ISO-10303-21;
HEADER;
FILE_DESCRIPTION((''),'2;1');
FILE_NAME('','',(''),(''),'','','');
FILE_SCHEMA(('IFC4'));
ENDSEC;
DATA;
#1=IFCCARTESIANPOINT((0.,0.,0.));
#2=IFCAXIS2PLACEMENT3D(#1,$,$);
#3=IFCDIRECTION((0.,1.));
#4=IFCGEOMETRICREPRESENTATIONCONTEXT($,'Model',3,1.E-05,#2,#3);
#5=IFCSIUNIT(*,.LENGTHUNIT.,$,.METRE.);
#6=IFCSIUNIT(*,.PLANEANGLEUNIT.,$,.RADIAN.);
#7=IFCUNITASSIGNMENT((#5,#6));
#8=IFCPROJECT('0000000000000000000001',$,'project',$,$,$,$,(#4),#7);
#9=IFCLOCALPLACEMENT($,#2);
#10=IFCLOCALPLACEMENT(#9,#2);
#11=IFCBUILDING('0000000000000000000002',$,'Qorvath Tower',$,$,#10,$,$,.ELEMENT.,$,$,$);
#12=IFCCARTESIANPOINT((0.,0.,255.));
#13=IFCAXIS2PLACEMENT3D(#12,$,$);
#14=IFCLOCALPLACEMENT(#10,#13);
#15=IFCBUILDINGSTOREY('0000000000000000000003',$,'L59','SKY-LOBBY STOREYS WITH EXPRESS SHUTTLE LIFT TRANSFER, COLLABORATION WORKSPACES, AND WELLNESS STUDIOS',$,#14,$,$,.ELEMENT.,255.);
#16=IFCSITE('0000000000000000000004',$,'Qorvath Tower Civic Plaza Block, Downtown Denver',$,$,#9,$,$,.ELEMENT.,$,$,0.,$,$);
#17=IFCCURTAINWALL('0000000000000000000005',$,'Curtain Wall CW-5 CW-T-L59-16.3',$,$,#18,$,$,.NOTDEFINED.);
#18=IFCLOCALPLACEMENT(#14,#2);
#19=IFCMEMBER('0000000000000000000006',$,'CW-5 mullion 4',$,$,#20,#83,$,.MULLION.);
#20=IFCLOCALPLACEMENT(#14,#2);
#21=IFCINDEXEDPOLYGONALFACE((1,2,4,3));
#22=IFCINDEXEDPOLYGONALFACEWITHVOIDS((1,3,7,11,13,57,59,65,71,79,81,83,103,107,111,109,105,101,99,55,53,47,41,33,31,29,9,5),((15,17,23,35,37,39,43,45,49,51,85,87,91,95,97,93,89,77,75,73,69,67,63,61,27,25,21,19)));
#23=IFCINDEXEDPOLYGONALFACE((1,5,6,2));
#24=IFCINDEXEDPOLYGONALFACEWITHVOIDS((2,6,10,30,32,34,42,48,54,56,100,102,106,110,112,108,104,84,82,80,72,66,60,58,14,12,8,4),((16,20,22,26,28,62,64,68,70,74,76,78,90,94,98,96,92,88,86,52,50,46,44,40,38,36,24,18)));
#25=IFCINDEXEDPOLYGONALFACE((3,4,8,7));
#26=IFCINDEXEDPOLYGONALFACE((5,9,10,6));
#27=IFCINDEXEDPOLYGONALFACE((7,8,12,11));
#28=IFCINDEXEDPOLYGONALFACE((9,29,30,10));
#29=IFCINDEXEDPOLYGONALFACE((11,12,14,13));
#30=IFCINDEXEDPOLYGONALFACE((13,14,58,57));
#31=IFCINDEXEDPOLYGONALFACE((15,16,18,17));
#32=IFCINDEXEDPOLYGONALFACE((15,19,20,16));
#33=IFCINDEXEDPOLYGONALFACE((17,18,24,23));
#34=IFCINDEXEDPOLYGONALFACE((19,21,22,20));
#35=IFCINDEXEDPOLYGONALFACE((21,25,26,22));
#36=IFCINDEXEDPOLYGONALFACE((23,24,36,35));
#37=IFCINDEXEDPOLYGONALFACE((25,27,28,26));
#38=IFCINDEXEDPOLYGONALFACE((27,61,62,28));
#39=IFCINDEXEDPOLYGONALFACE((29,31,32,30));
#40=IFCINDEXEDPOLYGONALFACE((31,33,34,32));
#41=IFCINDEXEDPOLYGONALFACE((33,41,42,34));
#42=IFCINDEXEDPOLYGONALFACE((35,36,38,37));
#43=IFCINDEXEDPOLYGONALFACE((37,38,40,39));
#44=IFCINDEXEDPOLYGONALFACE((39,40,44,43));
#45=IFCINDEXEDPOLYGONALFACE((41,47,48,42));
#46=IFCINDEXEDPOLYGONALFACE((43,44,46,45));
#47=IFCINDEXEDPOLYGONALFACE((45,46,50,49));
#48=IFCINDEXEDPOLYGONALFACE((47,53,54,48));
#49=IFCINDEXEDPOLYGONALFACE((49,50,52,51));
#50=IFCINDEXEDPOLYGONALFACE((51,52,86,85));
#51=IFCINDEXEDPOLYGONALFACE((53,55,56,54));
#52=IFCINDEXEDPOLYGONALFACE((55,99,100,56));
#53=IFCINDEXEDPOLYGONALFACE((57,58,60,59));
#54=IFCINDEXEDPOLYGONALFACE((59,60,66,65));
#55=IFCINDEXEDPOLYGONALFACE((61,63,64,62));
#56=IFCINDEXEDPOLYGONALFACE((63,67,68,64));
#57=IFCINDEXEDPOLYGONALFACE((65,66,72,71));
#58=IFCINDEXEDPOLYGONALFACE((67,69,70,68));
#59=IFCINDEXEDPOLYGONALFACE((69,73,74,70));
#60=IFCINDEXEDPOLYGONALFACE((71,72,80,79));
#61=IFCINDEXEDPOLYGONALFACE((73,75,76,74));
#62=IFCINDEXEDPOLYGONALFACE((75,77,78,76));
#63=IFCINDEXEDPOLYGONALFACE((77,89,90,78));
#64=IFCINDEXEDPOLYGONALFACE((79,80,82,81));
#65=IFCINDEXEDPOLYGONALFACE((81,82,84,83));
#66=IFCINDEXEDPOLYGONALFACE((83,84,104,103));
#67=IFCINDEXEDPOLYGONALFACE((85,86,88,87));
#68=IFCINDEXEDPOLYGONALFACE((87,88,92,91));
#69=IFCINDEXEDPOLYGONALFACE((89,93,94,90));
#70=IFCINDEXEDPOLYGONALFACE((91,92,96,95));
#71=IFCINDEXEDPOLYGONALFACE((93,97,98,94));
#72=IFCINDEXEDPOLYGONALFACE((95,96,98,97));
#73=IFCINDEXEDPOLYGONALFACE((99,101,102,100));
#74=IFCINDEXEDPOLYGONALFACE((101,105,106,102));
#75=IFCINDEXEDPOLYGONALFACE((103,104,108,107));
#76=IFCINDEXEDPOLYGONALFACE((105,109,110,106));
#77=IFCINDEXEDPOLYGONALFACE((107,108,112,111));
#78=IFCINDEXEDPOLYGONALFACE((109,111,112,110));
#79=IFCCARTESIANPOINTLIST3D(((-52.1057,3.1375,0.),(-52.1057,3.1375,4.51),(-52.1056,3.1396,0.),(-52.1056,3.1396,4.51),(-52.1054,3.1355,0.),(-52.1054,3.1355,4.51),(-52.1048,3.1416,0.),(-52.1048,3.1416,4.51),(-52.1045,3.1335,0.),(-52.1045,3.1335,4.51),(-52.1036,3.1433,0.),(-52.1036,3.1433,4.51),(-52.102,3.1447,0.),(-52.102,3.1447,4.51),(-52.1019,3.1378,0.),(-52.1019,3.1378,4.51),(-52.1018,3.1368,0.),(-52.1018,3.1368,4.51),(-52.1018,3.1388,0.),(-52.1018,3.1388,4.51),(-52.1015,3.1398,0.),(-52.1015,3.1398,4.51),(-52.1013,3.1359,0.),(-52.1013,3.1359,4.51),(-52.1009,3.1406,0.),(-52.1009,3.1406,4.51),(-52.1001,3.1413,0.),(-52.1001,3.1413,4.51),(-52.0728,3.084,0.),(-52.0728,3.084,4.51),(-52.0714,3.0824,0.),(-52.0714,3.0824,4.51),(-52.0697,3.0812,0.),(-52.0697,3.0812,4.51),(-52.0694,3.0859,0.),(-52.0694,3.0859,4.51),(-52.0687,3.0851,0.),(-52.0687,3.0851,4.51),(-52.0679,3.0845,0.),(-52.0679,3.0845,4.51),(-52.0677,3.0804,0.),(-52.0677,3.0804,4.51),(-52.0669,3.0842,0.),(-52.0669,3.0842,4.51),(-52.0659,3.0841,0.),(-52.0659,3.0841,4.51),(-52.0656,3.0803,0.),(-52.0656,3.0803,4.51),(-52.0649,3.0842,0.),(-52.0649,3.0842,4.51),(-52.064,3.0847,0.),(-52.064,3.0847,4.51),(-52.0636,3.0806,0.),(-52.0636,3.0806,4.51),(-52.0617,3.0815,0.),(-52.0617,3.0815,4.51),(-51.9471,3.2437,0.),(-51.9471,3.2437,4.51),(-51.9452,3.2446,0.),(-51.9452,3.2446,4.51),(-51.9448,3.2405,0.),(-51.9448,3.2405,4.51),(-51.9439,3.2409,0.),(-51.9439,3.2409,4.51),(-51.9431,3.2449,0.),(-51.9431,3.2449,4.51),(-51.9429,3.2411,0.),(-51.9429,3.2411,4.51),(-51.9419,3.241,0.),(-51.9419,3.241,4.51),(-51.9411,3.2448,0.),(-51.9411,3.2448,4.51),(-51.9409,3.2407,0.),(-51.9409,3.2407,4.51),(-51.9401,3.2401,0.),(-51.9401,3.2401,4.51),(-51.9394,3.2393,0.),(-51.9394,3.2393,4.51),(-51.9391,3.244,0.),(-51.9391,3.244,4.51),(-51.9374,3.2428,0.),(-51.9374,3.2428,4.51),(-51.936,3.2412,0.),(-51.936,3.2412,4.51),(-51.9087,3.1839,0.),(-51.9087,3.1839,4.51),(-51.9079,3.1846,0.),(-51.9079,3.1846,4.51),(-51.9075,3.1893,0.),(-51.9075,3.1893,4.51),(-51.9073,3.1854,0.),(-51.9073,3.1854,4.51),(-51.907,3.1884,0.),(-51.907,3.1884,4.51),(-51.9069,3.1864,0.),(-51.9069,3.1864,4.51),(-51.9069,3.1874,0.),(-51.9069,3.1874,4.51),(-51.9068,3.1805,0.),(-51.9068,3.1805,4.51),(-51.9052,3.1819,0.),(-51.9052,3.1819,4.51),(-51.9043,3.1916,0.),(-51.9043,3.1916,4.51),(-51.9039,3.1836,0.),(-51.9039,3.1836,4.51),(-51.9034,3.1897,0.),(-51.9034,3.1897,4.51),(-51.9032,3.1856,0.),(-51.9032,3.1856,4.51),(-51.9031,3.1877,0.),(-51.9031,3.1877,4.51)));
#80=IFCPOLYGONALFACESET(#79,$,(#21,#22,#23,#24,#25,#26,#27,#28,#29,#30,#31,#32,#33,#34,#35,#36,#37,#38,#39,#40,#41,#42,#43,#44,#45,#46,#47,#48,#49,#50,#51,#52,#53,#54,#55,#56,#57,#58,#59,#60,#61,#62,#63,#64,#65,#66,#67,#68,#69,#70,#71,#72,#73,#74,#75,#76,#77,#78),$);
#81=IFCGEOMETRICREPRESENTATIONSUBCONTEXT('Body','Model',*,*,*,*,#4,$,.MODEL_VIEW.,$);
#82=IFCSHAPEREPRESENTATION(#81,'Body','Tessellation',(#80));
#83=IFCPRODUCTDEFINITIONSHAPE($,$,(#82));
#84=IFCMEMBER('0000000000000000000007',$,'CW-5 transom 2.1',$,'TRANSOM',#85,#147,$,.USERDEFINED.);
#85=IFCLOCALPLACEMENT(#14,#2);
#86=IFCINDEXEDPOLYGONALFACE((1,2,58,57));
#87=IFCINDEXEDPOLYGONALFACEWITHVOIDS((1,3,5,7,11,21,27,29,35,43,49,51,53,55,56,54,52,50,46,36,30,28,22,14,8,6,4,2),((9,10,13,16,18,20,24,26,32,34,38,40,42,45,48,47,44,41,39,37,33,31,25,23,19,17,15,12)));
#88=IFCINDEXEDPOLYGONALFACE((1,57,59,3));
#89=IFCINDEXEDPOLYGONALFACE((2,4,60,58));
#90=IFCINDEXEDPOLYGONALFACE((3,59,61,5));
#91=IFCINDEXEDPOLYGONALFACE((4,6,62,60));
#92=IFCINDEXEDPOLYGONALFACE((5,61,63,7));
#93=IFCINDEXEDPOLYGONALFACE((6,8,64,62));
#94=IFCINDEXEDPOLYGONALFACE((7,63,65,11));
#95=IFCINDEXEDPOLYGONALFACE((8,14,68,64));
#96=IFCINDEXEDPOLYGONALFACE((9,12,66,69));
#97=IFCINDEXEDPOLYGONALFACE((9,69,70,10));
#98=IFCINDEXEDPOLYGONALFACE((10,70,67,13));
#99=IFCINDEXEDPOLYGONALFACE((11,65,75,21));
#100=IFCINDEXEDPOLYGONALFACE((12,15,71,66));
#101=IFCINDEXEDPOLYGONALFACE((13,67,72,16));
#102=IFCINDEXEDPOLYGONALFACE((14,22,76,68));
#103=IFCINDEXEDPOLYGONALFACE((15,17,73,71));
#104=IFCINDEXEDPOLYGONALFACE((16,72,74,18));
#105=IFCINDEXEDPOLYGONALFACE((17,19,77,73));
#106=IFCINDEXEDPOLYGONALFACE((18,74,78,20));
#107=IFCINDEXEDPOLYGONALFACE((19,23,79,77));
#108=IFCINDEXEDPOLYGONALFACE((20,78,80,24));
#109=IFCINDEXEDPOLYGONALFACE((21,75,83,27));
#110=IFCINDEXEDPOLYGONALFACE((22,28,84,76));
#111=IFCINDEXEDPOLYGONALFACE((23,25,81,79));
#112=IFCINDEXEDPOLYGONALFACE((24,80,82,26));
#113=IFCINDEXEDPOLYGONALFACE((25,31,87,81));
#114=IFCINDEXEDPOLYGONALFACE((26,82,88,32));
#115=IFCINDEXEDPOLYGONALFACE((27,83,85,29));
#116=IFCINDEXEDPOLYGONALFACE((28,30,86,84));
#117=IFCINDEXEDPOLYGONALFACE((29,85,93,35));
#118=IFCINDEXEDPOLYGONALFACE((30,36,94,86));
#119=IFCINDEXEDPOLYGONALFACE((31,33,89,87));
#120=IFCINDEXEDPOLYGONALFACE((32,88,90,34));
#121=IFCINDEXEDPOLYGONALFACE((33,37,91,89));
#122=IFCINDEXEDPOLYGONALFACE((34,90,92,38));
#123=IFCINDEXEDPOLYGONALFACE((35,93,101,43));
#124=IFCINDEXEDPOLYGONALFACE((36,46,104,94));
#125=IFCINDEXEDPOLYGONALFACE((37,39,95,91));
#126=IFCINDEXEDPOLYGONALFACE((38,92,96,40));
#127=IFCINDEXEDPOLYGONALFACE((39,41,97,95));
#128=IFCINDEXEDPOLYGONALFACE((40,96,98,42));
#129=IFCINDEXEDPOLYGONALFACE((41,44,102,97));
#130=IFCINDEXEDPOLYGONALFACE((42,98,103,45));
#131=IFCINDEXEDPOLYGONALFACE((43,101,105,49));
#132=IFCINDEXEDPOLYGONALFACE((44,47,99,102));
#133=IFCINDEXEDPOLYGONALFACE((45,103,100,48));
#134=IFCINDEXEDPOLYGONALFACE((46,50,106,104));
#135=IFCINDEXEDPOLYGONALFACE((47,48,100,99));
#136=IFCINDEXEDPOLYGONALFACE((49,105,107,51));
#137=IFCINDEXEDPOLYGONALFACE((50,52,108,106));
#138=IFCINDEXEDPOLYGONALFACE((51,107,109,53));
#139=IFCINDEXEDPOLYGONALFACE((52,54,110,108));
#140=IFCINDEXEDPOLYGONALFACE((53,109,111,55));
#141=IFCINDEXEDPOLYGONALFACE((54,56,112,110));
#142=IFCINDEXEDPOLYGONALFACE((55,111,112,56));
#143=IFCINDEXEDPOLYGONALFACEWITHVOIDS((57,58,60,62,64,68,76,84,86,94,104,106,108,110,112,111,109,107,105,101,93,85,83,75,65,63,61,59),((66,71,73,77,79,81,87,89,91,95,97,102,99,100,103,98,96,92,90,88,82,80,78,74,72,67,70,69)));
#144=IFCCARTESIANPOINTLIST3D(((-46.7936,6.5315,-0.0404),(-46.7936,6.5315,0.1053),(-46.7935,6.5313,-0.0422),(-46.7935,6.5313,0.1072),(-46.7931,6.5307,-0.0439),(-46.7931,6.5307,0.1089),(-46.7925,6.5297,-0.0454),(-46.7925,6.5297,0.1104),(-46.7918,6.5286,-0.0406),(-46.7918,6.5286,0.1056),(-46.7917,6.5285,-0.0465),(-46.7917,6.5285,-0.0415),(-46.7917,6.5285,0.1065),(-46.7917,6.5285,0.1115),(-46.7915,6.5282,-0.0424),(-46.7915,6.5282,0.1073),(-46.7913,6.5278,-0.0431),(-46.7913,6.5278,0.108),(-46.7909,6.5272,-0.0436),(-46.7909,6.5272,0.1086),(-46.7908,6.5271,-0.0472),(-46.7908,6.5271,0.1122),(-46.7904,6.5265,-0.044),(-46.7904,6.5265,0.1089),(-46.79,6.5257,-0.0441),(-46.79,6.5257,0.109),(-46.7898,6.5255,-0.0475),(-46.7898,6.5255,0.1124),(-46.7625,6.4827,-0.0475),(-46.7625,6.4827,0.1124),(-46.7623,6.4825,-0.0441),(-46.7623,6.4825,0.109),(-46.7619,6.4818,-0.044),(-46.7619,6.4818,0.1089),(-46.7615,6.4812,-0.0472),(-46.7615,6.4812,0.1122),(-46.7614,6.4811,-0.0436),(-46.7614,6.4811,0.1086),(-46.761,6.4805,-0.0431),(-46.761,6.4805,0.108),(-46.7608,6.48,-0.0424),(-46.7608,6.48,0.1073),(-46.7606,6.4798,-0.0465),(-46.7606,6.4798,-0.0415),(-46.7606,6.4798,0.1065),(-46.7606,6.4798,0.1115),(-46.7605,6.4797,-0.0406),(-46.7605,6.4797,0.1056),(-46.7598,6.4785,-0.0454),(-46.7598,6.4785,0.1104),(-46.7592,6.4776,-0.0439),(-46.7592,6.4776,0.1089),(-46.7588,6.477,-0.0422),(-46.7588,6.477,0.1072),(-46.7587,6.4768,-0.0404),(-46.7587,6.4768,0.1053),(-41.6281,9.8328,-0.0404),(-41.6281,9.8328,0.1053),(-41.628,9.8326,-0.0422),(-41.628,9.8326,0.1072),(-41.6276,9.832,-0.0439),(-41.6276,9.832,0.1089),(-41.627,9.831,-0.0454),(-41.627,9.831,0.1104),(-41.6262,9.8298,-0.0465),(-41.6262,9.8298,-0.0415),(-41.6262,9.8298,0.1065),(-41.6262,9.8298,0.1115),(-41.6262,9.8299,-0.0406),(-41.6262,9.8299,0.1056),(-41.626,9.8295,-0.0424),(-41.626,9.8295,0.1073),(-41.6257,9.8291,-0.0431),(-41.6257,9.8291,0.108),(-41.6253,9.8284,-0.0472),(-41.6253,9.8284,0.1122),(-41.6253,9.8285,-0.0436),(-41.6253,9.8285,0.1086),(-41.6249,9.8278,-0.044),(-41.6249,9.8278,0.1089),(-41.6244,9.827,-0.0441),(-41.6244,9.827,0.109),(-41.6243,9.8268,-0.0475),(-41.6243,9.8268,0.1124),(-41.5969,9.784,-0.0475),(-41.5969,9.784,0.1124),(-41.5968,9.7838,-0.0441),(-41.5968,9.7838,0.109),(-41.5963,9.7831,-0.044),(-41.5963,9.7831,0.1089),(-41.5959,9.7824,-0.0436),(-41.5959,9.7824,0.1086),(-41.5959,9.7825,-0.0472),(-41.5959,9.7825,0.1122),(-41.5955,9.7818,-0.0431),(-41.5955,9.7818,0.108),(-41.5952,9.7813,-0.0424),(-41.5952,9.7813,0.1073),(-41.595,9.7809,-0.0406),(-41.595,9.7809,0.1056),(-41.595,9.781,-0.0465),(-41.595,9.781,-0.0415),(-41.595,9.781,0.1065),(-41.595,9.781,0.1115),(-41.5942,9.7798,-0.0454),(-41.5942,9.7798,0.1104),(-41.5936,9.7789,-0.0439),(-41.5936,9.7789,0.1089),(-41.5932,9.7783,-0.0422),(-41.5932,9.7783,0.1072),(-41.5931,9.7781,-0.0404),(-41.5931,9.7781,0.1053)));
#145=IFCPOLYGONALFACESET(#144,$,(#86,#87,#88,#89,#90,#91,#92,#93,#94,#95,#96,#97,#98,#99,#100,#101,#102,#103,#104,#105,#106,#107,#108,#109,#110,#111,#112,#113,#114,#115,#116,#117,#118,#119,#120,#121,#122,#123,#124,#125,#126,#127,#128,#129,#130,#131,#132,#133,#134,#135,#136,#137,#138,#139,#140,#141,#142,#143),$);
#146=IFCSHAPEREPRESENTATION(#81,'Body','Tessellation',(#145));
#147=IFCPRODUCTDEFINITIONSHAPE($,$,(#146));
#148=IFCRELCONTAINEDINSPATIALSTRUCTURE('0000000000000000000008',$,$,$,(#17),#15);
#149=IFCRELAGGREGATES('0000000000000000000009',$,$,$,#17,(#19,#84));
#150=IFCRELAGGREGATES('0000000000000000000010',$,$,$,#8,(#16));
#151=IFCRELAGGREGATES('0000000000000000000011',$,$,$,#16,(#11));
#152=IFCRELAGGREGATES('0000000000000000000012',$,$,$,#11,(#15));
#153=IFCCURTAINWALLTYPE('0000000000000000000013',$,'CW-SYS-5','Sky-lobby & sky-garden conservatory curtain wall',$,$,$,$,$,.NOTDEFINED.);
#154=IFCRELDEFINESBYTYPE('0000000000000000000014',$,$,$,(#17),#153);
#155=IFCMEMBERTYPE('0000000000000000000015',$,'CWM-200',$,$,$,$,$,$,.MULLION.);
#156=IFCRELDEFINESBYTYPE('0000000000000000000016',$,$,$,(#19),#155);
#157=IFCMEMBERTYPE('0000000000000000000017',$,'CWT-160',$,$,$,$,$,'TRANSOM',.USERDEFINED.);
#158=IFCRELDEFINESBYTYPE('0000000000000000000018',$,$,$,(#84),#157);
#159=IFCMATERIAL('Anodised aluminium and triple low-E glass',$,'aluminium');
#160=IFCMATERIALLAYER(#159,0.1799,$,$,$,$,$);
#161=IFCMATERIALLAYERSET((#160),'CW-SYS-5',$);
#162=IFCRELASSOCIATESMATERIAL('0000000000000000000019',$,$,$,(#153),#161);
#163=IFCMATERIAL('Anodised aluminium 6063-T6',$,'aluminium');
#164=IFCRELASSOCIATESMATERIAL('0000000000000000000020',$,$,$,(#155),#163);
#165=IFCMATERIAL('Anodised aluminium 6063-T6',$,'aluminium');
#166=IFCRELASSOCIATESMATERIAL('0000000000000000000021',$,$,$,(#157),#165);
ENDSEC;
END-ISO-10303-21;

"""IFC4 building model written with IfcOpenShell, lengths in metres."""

from ifc_helpers import new_model, si_unit, direction, frame, origin, origin_2d, place, context, subcontext, project, spatial, hollow_rectangle, extrude, material, layer, layer_set, material_profile, profile_set, type_object, element, aggregate, save


model = new_model("IFC4")

# Units and contexts
model_context = context("Model", 3, precision=1e-05, world=origin(), true_north=direction((0.0, 1.0)))
body_context = subcontext(model_context, "Body", "Model", "MODEL_VIEW")
ifc_project = project(units=[si_unit("LENGTHUNIT", "METRE"), si_unit("PLANEANGLEUNIT", "RADIAN")], contexts=[model_context])

# Site, building, storey
site_placement = place(None, origin())
site = spatial("IfcSite", under=ifc_project, at=site_placement, Name="Qorvath Tower Civic Plaza Block, Downtown Denver", CompositionType="ELEMENT", RefElevation=0.0)
building_placement = place(site_placement, origin())
building = spatial("IfcBuilding", under=site, at=building_placement, Name="Qorvath Tower", CompositionType="ELEMENT")
storey_placement = place(building_placement, frame((0.0, 0.0, 255.0)))
storey = spatial("IfcBuildingStorey", under=building, at=storey_placement, Name="L59", Description="SKY-LOBBY STOREYS WITH EXPRESS SHUTTLE LIFT TRANSFER, COLLABORATION WORKSPACES, AND WELLNESS STUDIOS", CompositionType="ELEMENT", Elevation=255.0)

# Curtain wall, members
ifc_material_1 = material(Name="Anodised aluminium and triple low-E glass", Category="aluminium")
ifc_layer_1 = layer(ifc_material_1, 0.1799)
ifc_layer_set_1 = layer_set([ifc_layer_1], Name="CW-SYS-5")
curtain_wall_type = type_object("IfcCurtainWallType", Name="CW-SYS-5", Description="Sky-lobby & sky-garden conservatory curtain wall", PredefinedType="NOTDEFINED", material=ifc_layer_set_1)
curtain_wall_placement = place(storey_placement, origin())
curtain_wall = element("IfcCurtainWall", 1, at=curtain_wall_placement, inside=storey, type_object=curtain_wall_type, Name="Curtain Wall CW-5 CW-T-L59-16.3", PredefinedType="NOTDEFINED")
ifc_material_2 = material(Name="Anodised aluminium 6063-T6", Category="aluminium")
ifc_material_profile_1 = material_profile(ifc_material_2, hollow_rectangle(XDim=0.075, YDim=0.2, WallThickness=0.0039, InnerFilletRadius=0.0039, OuterFilletRadius=0.0081, at=origin_2d()), Name="CWM 200x75")
ifc_profile_set_1 = profile_set([ifc_material_profile_1], Name="Anodised aluminium 6063-T6")
member_type_1 = type_object("IfcMemberType", Name="CWM-200", PredefinedType="MULLION", material=ifc_profile_set_1)
member_1_placement = place(storey_placement, frame((-52.0044, 3.1626, 0.0), z_axis=(0.0, 0.0, 1.0), x_axis=(0.538527, -0.842608, 0.0)))
member_1 = element("IfcMember", 2, at=member_1_placement, type_object=member_type_1, Name="CW-5 mullion 4", PredefinedType="MULLION", context=body_context, shape_type="SweptSolid", body=[
    extrude(hollow_rectangle(XDim=0.075, YDim=0.2, WallThickness=0.0039, InnerFilletRadius=0.0039, OuterFilletRadius=0.0081, at=origin_2d()), origin(), (0.0, 0.0, 1.0), 4.51),
])
ifc_material_3 = material(Name="Anodised aluminium 6063-T6", Category="aluminium")
ifc_material_profile_2 = material_profile(ifc_material_3, hollow_rectangle(XDim=0.0649, YDim=0.1599, WallThickness=0.0034, InnerFilletRadius=0.0034, OuterFilletRadius=0.0071, at=origin_2d()), Name="CWT 160x65")
ifc_profile_set_2 = profile_set([ifc_material_profile_2], Name="Anodised aluminium 6063-T6")
member_type_2 = type_object("IfcMemberType", Name="CWT-160", ElementType="TRANSOM", PredefinedType="USERDEFINED", material=ifc_profile_set_2)
member_2_placement = place(storey_placement, frame((-41.6106, 9.8054, 0.0325), z_axis=(-0.842617, -0.538513, 0.0), x_axis=(0.538513, -0.842617, 0.0)))
member_2 = element("IfcMember", 3, at=member_2_placement, type_object=member_type_2, Name="CW-5 transom 2.1", ObjectType="TRANSOM", PredefinedType="USERDEFINED", context=body_context, shape_type="SweptSolid", body=[
    extrude(hollow_rectangle(XDim=0.0649, YDim=0.1599, WallThickness=0.0034, InnerFilletRadius=0.0034, OuterFilletRadius=0.0071, at=origin_2d()), origin(), (0.0, 0.0, 1.0), 6.1304),
])
aggregate(curtain_wall, [member_1, member_2])

save(model, "model.ifc")
